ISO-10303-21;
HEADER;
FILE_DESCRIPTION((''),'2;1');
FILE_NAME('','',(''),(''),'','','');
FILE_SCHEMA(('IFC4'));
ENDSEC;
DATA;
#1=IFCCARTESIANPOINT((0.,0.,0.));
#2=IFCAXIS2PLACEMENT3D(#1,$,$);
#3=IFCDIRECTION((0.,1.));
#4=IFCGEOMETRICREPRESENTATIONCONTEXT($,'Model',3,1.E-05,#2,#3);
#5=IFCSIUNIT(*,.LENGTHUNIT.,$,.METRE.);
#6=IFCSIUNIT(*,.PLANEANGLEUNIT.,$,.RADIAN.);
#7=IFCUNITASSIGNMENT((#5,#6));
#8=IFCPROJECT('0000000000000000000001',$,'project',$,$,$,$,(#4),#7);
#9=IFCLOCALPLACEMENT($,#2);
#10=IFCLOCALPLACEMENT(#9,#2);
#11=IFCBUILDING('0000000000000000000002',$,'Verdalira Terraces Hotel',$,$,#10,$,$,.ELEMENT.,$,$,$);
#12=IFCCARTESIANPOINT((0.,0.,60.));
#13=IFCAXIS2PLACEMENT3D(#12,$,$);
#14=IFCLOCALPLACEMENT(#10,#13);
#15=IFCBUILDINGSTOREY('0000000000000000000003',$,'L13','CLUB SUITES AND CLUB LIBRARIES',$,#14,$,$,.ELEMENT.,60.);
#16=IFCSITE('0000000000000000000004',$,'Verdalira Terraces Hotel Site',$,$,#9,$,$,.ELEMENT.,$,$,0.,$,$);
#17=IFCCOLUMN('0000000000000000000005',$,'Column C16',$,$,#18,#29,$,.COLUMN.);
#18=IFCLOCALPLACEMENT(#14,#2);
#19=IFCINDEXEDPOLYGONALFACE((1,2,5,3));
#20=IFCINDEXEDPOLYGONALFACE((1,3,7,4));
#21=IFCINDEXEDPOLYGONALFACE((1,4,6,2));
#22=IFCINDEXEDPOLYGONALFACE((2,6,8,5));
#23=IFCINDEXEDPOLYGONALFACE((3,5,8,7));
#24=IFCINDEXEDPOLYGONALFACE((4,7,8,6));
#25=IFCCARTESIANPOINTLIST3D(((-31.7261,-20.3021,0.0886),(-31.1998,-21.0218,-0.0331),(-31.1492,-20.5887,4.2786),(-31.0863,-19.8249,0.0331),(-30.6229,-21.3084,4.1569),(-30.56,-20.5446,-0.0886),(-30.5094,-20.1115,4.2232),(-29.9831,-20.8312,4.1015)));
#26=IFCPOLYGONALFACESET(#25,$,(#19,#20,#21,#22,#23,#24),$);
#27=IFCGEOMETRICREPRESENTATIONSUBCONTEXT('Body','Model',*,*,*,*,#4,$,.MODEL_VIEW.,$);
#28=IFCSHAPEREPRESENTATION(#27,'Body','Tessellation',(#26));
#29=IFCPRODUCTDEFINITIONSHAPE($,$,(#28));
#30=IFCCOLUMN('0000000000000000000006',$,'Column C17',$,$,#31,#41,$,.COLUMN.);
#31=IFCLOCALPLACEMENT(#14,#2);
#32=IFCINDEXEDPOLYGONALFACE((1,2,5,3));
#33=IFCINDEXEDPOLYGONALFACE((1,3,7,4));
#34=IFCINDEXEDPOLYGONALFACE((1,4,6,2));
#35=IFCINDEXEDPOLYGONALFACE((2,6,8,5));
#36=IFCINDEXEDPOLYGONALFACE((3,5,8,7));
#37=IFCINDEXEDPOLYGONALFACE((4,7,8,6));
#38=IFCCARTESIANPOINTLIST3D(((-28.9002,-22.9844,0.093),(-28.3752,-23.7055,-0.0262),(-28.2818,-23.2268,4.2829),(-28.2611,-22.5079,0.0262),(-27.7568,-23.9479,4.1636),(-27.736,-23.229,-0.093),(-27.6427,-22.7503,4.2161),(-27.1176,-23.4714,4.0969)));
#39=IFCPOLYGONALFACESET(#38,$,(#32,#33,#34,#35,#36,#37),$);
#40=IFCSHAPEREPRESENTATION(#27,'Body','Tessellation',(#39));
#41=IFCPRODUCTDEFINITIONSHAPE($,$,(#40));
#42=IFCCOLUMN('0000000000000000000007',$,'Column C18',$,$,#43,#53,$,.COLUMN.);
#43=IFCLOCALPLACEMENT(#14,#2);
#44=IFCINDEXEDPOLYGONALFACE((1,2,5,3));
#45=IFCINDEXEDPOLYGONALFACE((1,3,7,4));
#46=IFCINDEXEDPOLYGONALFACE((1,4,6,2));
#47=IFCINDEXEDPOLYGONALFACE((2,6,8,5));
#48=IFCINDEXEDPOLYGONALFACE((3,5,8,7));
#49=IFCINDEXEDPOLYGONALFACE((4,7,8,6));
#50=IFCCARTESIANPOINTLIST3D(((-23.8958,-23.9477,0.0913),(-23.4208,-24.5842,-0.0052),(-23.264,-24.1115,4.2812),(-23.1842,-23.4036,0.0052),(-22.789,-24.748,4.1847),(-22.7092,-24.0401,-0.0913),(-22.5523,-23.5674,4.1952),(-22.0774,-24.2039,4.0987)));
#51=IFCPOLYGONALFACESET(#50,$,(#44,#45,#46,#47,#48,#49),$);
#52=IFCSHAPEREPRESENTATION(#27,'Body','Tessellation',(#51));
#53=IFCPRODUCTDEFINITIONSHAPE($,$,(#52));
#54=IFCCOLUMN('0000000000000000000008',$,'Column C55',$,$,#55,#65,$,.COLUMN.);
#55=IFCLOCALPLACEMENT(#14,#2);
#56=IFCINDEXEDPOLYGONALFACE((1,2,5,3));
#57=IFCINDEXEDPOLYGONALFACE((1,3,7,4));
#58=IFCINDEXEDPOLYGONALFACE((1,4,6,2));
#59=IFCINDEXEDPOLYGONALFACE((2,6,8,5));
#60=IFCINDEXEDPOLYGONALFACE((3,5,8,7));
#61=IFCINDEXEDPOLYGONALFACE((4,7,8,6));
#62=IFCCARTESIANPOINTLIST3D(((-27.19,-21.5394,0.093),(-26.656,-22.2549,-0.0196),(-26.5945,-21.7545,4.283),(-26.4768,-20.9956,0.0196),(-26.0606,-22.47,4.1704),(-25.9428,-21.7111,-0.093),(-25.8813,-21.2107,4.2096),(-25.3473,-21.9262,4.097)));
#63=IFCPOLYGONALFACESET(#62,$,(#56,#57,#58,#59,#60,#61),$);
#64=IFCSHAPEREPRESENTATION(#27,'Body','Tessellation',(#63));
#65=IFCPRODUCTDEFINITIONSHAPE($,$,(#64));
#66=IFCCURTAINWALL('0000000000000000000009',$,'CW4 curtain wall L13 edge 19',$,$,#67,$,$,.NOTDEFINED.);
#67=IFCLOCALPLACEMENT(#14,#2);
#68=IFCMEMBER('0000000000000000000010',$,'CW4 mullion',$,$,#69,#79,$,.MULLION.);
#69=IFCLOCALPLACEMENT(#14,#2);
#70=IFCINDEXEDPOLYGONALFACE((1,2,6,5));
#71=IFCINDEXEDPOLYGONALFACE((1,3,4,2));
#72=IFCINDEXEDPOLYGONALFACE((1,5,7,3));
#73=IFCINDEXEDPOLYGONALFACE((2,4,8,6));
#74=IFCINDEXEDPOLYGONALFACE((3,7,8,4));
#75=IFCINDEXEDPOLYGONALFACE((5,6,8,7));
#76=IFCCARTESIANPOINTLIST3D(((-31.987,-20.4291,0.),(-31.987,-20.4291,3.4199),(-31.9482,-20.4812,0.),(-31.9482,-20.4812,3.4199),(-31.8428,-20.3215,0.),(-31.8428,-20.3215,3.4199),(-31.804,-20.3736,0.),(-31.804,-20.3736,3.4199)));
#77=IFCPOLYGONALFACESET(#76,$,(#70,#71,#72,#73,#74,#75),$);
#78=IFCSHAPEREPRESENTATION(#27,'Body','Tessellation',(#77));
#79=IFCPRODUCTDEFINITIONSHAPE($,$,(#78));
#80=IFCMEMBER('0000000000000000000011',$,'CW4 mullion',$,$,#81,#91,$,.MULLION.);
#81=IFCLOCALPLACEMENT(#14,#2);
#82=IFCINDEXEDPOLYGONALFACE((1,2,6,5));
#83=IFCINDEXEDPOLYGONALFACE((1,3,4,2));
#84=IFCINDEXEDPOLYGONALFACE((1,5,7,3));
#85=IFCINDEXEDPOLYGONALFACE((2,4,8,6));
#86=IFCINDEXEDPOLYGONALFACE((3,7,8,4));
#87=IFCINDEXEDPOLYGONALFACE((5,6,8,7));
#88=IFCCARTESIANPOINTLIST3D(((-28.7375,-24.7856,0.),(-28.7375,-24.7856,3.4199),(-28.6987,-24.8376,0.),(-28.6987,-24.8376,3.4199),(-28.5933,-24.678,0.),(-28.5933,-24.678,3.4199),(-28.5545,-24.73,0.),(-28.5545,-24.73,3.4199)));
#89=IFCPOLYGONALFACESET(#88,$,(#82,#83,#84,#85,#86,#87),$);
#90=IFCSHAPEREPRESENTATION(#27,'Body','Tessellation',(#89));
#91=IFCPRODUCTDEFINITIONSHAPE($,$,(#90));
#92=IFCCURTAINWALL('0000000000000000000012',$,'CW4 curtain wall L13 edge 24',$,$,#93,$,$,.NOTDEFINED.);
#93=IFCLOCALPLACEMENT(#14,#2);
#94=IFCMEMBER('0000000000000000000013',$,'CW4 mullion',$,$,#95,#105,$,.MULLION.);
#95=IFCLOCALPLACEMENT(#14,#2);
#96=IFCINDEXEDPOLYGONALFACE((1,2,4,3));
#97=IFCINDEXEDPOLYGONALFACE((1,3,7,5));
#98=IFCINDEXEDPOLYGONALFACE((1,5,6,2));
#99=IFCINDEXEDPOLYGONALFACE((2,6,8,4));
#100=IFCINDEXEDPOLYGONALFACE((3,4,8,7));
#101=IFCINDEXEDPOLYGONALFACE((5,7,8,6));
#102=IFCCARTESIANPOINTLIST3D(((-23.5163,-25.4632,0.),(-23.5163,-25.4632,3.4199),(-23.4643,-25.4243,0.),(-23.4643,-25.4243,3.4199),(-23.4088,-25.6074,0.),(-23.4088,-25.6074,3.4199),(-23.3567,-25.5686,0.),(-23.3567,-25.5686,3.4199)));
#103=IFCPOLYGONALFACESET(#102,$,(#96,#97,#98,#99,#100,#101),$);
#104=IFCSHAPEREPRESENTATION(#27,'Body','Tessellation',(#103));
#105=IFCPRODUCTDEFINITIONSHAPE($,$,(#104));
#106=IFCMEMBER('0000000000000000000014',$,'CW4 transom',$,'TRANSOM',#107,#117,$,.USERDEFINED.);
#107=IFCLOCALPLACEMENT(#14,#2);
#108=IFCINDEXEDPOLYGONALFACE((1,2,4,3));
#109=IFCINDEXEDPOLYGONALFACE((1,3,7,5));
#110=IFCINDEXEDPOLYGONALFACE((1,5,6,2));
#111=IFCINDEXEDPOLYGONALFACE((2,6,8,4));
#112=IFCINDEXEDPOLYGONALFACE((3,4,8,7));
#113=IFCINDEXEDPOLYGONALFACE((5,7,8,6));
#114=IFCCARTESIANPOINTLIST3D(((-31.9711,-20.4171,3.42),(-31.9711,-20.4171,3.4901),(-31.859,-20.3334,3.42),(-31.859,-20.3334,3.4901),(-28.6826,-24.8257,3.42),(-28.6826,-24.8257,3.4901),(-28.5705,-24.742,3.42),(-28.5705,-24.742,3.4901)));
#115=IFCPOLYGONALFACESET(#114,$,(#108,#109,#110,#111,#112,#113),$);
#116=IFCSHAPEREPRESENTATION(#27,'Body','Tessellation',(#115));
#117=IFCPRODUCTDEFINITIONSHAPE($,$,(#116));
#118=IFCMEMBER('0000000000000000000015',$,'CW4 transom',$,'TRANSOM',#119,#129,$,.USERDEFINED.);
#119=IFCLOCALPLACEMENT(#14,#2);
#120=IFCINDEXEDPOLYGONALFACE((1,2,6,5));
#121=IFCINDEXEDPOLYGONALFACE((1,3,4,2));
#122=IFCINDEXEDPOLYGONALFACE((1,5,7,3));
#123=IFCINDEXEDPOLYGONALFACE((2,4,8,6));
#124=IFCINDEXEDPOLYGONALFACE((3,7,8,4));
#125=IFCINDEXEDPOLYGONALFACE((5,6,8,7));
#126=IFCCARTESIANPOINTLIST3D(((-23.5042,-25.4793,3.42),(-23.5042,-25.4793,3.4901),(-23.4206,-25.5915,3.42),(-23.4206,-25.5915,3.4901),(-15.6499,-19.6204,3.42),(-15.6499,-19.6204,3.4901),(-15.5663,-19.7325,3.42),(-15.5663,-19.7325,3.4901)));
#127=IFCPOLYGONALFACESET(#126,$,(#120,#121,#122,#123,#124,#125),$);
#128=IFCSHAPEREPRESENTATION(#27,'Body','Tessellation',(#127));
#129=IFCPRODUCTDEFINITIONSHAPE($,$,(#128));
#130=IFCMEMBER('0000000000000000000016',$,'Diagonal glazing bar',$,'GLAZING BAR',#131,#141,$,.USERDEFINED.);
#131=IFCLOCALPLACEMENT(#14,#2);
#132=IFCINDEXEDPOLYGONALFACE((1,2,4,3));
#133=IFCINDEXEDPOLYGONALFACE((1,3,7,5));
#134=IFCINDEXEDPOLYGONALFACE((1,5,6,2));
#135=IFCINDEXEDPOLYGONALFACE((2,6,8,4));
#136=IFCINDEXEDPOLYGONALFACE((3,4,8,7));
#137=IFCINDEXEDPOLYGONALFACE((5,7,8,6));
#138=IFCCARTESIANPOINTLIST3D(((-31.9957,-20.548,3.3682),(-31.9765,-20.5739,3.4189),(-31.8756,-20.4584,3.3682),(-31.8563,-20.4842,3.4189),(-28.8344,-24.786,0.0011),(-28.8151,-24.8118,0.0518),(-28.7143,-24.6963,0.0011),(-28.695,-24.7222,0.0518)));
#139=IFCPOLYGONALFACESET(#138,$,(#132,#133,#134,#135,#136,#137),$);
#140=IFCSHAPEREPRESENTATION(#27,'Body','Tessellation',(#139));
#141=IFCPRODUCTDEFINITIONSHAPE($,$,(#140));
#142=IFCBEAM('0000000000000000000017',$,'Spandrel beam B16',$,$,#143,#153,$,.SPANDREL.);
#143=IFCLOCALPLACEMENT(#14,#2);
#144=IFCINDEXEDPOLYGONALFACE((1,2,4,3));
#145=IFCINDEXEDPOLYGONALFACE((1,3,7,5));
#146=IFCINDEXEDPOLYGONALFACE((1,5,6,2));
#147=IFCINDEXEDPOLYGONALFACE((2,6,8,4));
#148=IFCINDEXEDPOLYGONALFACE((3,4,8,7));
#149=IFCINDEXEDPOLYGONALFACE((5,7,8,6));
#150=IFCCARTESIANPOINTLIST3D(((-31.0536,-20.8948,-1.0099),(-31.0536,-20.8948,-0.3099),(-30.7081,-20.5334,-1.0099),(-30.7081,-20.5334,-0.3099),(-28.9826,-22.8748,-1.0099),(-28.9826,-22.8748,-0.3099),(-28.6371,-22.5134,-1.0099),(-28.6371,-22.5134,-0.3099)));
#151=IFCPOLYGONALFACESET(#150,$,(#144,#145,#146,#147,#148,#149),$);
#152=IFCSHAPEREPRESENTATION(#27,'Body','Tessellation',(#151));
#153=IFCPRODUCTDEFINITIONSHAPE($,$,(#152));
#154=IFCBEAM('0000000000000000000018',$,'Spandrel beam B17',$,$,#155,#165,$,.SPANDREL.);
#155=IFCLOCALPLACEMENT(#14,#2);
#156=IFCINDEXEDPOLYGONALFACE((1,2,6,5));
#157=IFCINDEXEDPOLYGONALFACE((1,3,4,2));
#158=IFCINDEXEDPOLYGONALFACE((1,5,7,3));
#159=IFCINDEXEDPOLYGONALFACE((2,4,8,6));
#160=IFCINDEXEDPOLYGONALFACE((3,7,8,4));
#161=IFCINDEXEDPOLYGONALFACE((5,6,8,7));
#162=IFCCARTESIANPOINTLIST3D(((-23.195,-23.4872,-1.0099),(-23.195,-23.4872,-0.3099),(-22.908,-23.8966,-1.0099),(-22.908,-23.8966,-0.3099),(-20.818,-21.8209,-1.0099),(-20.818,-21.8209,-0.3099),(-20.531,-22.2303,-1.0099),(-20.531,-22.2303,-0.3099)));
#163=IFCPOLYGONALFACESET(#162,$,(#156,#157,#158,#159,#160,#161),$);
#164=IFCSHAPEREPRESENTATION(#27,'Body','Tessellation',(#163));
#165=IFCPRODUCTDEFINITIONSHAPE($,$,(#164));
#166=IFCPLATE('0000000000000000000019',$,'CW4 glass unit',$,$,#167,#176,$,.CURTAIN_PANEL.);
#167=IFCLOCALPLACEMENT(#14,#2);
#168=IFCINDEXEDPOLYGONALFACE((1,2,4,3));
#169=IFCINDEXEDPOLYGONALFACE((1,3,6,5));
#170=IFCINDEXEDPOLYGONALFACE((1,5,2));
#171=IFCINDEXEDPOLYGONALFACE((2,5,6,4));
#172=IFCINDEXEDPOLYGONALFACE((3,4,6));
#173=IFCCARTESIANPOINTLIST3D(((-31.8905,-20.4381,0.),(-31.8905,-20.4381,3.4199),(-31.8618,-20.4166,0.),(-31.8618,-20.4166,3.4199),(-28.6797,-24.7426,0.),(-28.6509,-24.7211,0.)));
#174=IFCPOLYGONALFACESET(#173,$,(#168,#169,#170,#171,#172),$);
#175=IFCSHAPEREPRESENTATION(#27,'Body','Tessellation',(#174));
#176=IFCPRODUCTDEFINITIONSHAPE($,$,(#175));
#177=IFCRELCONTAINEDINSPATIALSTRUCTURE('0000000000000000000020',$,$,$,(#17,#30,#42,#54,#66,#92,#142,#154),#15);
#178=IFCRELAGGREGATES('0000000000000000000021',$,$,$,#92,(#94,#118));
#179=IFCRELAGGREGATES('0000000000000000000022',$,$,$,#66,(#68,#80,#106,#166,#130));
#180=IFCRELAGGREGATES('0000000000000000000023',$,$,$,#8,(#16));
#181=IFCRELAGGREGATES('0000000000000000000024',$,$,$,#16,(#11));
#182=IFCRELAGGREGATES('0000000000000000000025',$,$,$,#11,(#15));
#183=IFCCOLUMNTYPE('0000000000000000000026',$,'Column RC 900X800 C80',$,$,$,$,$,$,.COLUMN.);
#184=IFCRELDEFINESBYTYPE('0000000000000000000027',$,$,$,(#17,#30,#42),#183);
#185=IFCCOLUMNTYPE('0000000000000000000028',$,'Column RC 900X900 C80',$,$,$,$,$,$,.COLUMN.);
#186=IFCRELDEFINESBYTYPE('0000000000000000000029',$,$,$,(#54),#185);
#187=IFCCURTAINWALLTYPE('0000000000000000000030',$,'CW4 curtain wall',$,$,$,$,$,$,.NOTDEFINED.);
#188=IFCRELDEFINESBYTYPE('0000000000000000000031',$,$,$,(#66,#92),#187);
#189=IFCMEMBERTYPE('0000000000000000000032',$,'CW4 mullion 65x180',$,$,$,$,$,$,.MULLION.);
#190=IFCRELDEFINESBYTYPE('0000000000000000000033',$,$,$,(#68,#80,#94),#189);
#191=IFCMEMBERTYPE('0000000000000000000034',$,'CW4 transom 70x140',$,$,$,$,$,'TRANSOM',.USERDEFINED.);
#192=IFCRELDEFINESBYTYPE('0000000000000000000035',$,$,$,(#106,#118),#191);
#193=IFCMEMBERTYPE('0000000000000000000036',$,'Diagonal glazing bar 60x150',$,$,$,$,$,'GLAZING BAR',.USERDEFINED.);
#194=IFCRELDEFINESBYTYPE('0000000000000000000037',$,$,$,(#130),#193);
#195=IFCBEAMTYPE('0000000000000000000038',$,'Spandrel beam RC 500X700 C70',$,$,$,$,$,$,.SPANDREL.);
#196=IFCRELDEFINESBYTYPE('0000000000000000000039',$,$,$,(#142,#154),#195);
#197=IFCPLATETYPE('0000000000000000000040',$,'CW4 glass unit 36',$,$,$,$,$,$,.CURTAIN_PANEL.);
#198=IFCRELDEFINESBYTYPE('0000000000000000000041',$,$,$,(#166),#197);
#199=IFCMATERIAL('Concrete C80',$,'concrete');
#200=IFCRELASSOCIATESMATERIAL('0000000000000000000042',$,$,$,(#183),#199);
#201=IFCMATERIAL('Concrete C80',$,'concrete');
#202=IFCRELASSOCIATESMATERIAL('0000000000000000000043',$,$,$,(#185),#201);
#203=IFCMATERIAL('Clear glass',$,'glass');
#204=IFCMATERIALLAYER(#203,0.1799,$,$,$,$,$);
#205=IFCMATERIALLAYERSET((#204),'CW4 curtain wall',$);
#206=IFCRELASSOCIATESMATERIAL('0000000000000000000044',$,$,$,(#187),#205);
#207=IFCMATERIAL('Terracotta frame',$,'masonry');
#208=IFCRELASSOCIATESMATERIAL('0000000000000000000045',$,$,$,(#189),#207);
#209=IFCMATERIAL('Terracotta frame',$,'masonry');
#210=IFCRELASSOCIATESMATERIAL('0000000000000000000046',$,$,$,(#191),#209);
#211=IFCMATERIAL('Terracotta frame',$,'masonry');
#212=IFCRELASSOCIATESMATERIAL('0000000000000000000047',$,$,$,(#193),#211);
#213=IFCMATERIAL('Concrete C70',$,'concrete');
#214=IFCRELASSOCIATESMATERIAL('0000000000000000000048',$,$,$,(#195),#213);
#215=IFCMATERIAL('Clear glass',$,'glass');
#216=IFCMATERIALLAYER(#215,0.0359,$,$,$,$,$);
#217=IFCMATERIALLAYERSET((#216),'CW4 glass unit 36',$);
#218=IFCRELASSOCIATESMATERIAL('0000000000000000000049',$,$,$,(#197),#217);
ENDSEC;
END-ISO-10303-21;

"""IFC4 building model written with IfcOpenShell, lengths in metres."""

from ifc_helpers import new_model, si_unit, direction, frame, origin, origin_2d, place, context, subcontext, project, spatial, polyline, rectangle, outline, extrude, material, layer, layer_set, material_profile, profile_set, type_object, element, aggregate, save


model = new_model("IFC4")

# Units and contexts
model_context = context("Model", 3, precision=1e-05, world=origin(), true_north=direction((0.0, 1.0)))
body_context = subcontext(model_context, "Body", "Model", "MODEL_VIEW")
ifc_project = project(units=[si_unit("LENGTHUNIT", "METRE"), si_unit("PLANEANGLEUNIT", "RADIAN")], contexts=[model_context])

# Site, building, storey
site_placement = place(None, origin())
site = spatial("IfcSite", under=ifc_project, at=site_placement, Name="Verdalira Terraces Hotel Site", CompositionType="ELEMENT", RefElevation=0.0)
building_placement = place(site_placement, origin())
building = spatial("IfcBuilding", under=site, at=building_placement, Name="Verdalira Terraces Hotel", CompositionType="ELEMENT")
storey_placement = place(building_placement, frame((0.0, 0.0, 60.0)))
storey = spatial("IfcBuildingStorey", under=building, at=storey_placement, Name="L13", Description="CLUB SUITES AND CLUB LIBRARIES", CompositionType="ELEMENT", Elevation=60.0)

# Columns
ifc_material_1 = material(Name="Concrete C80", Category="concrete")
ifc_material_profile_1 = material_profile(ifc_material_1, rectangle(XDim=0.8999, YDim=0.8, at=origin_2d()), Name="RC 900X800")
ifc_profile_set_1 = profile_set([ifc_material_profile_1], Name="Concrete C80")
column_type_1 = type_object("IfcColumnType", Name="Column RC 900X800 C80", PredefinedType="COLUMN", material=ifc_profile_set_1)
column_1_placement = place(storey_placement, frame((-31.1431, -20.4233, 0.0), z_axis=(0.136089, -0.067613, 0.988387), x_axis=(0.584857, -0.799783, -0.135238)))
element("IfcColumn", 1, at=column_1_placement, inside=storey, type_object=column_type_1, Name="Column C16", PredefinedType="COLUMN", context=body_context, shape_type="SweptSolid", body=[
    extrude(rectangle(XDim=0.8999, YDim=0.8, at=origin_2d()), origin(), (0.0, 0.0, 1.0), 4.2393),
])
column_2_placement = place(storey_placement, frame((-28.3181, -23.1067, 0.0), z_axis=(0.145773, -0.057147, 0.987666), x_axis=(0.583471, -0.801256, -0.132478)))
element("IfcColumn", 2, at=column_2_placement, inside=storey, type_object=column_type_1, Name="Column C17", PredefinedType="COLUMN", context=body_context, shape_type="SweptSolid", body=[
    extrude(rectangle(XDim=0.8999, YDim=0.8, at=origin_2d()), origin(), (0.0, 0.0, 1.0), 4.2422),
])
column_3_placement = place(storey_placement, frame((-23.3025, -23.9939, 0.0), z_axis=(0.149001, -0.038632, 0.988082), x_axis=(0.790782, 0.604585, -0.09561)))
element("IfcColumn", 3, at=column_3_placement, inside=storey, type_object=column_type_1, Name="Column C18", PredefinedType="COLUMN", context=body_context, shape_type="SweptSolid", body=[
    extrude(rectangle(XDim=0.8999, YDim=0.8, at=origin_2d()), origin(), (0.0, 0.0, 1.0), 4.2405),
])
ifc_material_2 = material(Name="Concrete C80", Category="concrete")
ifc_material_profile_2 = material_profile(ifc_material_2, rectangle(XDim=0.8999, YDim=0.8999, at=origin_2d()), Name="RC 900X900")
ifc_profile_set_2 = profile_set([ifc_material_profile_2], Name="Concrete C80")
column_type_2 = type_object("IfcColumnType", Name="Column RC 900X900 C80", PredefinedType="COLUMN", material=ifc_profile_set_2)
column_4_placement = place(storey_placement, frame((-26.5664, -21.6252, 0.0), z_axis=(0.140521, -0.050758, 0.988776), x_axis=(-0.792566, -0.604299, 0.081615)))
element("IfcColumn", 4, at=column_4_placement, inside=storey, type_object=column_type_2, Name="Column C55", PredefinedType="COLUMN", context=body_context, shape_type="SweptSolid", body=[
    extrude(rectangle(XDim=0.8999, YDim=0.8999, at=origin_2d()), origin(), (0.0, 0.0, 1.0), 4.2375),
])

# Curtain wall, members
ifc_material_3 = material(Name="Clear glass", Category="glass")
ifc_layer_1 = layer(ifc_material_3, 0.1799)
ifc_layer_set_1 = layer_set([ifc_layer_1], Name="CW4 curtain wall")
curtain_wall_type = type_object("IfcCurtainWallType", Name="CW4 curtain wall", PredefinedType="NOTDEFINED", material=ifc_layer_set_1)
curtain_wall_1_placement = place(storey_placement, origin())
curtain_wall_1 = element("IfcCurtainWall", 5, at=curtain_wall_1_placement, inside=storey, type_object=curtain_wall_type, Name="CW4 curtain wall L13 edge 19", PredefinedType="NOTDEFINED")
ifc_material_4 = material(Name="Terracotta frame", Category="masonry")
ifc_material_profile_3 = material_profile(ifc_material_4, rectangle(XDim=0.0649, YDim=0.1799, at=origin_2d()), Name="MU 65x180")
ifc_profile_set_3 = profile_set([ifc_material_profile_3], Name="Terracotta frame")
member_type_1 = type_object("IfcMemberType", Name="CW4 mullion 65x180", PredefinedType="MULLION", material=ifc_profile_set_3)
member_1_placement = place(storey_placement, frame((-31.8955, -20.4014, 0.0), z_axis=(0.0, 0.0, 1.0), x_axis=(0.597905, -0.801567, 0.0)))
member_1 = element("IfcMember", 6, at=member_1_placement, type_object=member_type_1, Name="CW4 mullion", PredefinedType="MULLION", context=body_context, shape_type="SweptSolid", body=[
    extrude(rectangle(XDim=0.0649, YDim=0.1799, at=origin_2d()), origin(), (0.0, 0.0, 1.0), 3.4199),
])
member_2_placement = place(storey_placement, frame((-28.646, -24.7578, 0.0), z_axis=(0.0, 0.0, 1.0), x_axis=(0.597905, -0.801567, 0.0)))
member_2 = element("IfcMember", 7, at=member_2_placement, type_object=member_type_1, Name="CW4 mullion", PredefinedType="MULLION", context=body_context, shape_type="SweptSolid", body=[
    extrude(rectangle(XDim=0.0649, YDim=0.1799, at=origin_2d()), origin(), (0.0, 0.0, 1.0), 3.4199),
])

# Curtain wall, member
curtain_wall_2_placement = place(storey_placement, origin())
curtain_wall_2 = element("IfcCurtainWall", 8, at=curtain_wall_2_placement, inside=storey, type_object=curtain_wall_type, Name="CW4 curtain wall L13 edge 24", PredefinedType="NOTDEFINED")
member_3_placement = place(storey_placement, frame((-23.4365, -25.5159, 0.0), z_axis=(0.0, 0.0, 1.0), x_axis=(0.801567, 0.597905, 0.0)))
member_3 = element("IfcMember", 9, at=member_3_placement, type_object=member_type_1, Name="CW4 mullion", PredefinedType="MULLION", context=body_context, shape_type="SweptSolid", body=[
    extrude(rectangle(XDim=0.0649, YDim=0.1799, at=origin_2d()), origin(), (0.0, 0.0, 1.0), 3.4199),
])

# Members
ifc_material_5 = material(Name="Terracotta frame", Category="masonry")
ifc_material_profile_4 = material_profile(ifc_material_5, rectangle(XDim=0.1399, YDim=0.0701, at=origin_2d()), Name="TR 70x140")
ifc_profile_set_4 = profile_set([ifc_material_profile_4], Name="Terracotta frame")
member_type_2 = type_object("IfcMemberType", Name="CW4 transom 70x140", ElementType="TRANSOM", PredefinedType="USERDEFINED", material=ifc_profile_set_4)
member_4_placement = place(storey_placement, frame((-31.915, -20.3752, 3.4551), z_axis=(0.59791, -0.801563, 0.0), x_axis=(0.801563, 0.59791, 0.0)))
member_4 = element("IfcMember", 10, at=member_4_placement, type_object=member_type_2, Name="CW4 transom", ObjectType="TRANSOM", PredefinedType="USERDEFINED", context=body_context, shape_type="SweptSolid", body=[
    extrude(rectangle(XDim=0.1399, YDim=0.0701, at=origin_2d()), origin(), (0.0, 0.0, 1.0), 5.5),
])
member_5_placement = place(storey_placement, frame((-23.4624, -25.5354, 3.4551), z_axis=(0.801555, 0.597921, 0.0), x_axis=(-0.597921, 0.801555, 0.0)))
member_5 = element("IfcMember", 11, at=member_5_placement, type_object=member_type_2, Name="CW4 transom", ObjectType="TRANSOM", PredefinedType="USERDEFINED", context=body_context, shape_type="SweptSolid", body=[
    extrude(rectangle(XDim=0.1399, YDim=0.0701, at=origin_2d()), origin(), (0.0, 0.0, 1.0), 9.7988),
])
aggregate(curtain_wall_2, [member_3, member_5])
ifc_material_6 = material(Name="Terracotta frame", Category="masonry")
ifc_material_profile_5 = material_profile(ifc_material_6, rectangle(XDim=0.1499, YDim=0.0601, at=origin_2d()), Name="GB 60x150")
ifc_profile_set_5 = profile_set([ifc_material_profile_5], Name="Terracotta frame")
member_type_3 = type_object("IfcMemberType", Name="Diagonal glazing bar 60x150", ElementType="GLAZING BAR", PredefinedType="USERDEFINED", material=ifc_profile_set_5)
member_6_placement = place(storey_placement, frame((-31.926, -20.5161, 3.3936), z_axis=(0.504333, -0.676092, -0.537166), x_axis=(0.801554, 0.597922, 0.0)))
member_6 = element("IfcMember", 12, at=member_6_placement, type_object=member_type_3, Name="Diagonal glazing bar", ObjectType="GLAZING BAR", PredefinedType="USERDEFINED", context=body_context, shape_type="SweptSolid", body=[
    extrude(rectangle(XDim=0.1499, YDim=0.0601, at=origin_2d()), origin(), (0.0, 0.0, 1.0), 6.2683),
])

# Beams
ifc_material_7 = material(Name="Concrete C70", Category="concrete")
ifc_material_profile_6 = material_profile(ifc_material_7, rectangle(XDim=0.5, YDim=0.7, at=origin_2d()), Name="RC 500X700")
ifc_profile_set_6 = profile_set([ifc_material_profile_6], Name="Concrete C70")
beam_type = type_object("IfcBeamType", Name="Spandrel beam RC 500X700 C70", PredefinedType="SPANDREL", material=ifc_profile_set_6)
beam_1_placement = place(storey_placement, frame((-30.8809, -20.7141, -0.6599), z_axis=(0.722819, -0.691037, 0.0), x_axis=(0.691037, 0.722819, 0.0)))
element("IfcBeam", 13, at=beam_1_placement, inside=storey, type_object=beam_type, Name="Spandrel beam B16", PredefinedType="SPANDREL", context=body_context, shape_type="SweptSolid", body=[
    extrude(rectangle(XDim=0.5, YDim=0.7, at=origin_2d()), origin(), (0.0, 0.0, 1.0), 2.8652),
])
beam_2_placement = place(storey_placement, frame((-23.0515, -23.6919, -0.6599), z_axis=(0.818845, 0.574015, 0.0), x_axis=(-0.574015, 0.818845, 0.0)))
element("IfcBeam", 14, at=beam_2_placement, inside=storey, type_object=beam_type, Name="Spandrel beam B17", PredefinedType="SPANDREL", context=body_context, shape_type="SweptSolid", body=[
    extrude(rectangle(XDim=0.5, YDim=0.7, at=origin_2d()), origin(), (0.0, 0.0, 1.0), 2.9028),
])

# Plate
ifc_material_8 = material(Name="Clear glass", Category="glass")
ifc_layer_2 = layer(ifc_material_8, 0.0359)
ifc_layer_set_2 = layer_set([ifc_layer_2], Name="CW4 glass unit 36")
plate_type = type_object("IfcPlateType", Name="CW4 glass unit 36", PredefinedType="CURTAIN_PANEL", material=ifc_layer_set_2)
plate_1_placement = place(storey_placement, frame((-30.2563, -22.5688, 1.71), z_axis=(-0.801567, -0.597905, 0.0), x_axis=(0.597905, -0.801567, 0.0)))
plate_1 = element("IfcPlate", 15, at=plate_1_placement, type_object=plate_type, Name="CW4 glass unit", PredefinedType="CURTAIN_PANEL", context=body_context, shape_type="SweptSolid", body=[
    extrude(outline(polyline([(-2.6851, -1.71), (2.6851, -1.71), (-2.6851, 1.71), (-2.6851, -1.71)])), origin(), (0.0, 0.0, 1.0), 0.0359),
])
aggregate(curtain_wall_1, [member_1, member_2, member_4, plate_1, member_6])

save(model, "model.ifc")
